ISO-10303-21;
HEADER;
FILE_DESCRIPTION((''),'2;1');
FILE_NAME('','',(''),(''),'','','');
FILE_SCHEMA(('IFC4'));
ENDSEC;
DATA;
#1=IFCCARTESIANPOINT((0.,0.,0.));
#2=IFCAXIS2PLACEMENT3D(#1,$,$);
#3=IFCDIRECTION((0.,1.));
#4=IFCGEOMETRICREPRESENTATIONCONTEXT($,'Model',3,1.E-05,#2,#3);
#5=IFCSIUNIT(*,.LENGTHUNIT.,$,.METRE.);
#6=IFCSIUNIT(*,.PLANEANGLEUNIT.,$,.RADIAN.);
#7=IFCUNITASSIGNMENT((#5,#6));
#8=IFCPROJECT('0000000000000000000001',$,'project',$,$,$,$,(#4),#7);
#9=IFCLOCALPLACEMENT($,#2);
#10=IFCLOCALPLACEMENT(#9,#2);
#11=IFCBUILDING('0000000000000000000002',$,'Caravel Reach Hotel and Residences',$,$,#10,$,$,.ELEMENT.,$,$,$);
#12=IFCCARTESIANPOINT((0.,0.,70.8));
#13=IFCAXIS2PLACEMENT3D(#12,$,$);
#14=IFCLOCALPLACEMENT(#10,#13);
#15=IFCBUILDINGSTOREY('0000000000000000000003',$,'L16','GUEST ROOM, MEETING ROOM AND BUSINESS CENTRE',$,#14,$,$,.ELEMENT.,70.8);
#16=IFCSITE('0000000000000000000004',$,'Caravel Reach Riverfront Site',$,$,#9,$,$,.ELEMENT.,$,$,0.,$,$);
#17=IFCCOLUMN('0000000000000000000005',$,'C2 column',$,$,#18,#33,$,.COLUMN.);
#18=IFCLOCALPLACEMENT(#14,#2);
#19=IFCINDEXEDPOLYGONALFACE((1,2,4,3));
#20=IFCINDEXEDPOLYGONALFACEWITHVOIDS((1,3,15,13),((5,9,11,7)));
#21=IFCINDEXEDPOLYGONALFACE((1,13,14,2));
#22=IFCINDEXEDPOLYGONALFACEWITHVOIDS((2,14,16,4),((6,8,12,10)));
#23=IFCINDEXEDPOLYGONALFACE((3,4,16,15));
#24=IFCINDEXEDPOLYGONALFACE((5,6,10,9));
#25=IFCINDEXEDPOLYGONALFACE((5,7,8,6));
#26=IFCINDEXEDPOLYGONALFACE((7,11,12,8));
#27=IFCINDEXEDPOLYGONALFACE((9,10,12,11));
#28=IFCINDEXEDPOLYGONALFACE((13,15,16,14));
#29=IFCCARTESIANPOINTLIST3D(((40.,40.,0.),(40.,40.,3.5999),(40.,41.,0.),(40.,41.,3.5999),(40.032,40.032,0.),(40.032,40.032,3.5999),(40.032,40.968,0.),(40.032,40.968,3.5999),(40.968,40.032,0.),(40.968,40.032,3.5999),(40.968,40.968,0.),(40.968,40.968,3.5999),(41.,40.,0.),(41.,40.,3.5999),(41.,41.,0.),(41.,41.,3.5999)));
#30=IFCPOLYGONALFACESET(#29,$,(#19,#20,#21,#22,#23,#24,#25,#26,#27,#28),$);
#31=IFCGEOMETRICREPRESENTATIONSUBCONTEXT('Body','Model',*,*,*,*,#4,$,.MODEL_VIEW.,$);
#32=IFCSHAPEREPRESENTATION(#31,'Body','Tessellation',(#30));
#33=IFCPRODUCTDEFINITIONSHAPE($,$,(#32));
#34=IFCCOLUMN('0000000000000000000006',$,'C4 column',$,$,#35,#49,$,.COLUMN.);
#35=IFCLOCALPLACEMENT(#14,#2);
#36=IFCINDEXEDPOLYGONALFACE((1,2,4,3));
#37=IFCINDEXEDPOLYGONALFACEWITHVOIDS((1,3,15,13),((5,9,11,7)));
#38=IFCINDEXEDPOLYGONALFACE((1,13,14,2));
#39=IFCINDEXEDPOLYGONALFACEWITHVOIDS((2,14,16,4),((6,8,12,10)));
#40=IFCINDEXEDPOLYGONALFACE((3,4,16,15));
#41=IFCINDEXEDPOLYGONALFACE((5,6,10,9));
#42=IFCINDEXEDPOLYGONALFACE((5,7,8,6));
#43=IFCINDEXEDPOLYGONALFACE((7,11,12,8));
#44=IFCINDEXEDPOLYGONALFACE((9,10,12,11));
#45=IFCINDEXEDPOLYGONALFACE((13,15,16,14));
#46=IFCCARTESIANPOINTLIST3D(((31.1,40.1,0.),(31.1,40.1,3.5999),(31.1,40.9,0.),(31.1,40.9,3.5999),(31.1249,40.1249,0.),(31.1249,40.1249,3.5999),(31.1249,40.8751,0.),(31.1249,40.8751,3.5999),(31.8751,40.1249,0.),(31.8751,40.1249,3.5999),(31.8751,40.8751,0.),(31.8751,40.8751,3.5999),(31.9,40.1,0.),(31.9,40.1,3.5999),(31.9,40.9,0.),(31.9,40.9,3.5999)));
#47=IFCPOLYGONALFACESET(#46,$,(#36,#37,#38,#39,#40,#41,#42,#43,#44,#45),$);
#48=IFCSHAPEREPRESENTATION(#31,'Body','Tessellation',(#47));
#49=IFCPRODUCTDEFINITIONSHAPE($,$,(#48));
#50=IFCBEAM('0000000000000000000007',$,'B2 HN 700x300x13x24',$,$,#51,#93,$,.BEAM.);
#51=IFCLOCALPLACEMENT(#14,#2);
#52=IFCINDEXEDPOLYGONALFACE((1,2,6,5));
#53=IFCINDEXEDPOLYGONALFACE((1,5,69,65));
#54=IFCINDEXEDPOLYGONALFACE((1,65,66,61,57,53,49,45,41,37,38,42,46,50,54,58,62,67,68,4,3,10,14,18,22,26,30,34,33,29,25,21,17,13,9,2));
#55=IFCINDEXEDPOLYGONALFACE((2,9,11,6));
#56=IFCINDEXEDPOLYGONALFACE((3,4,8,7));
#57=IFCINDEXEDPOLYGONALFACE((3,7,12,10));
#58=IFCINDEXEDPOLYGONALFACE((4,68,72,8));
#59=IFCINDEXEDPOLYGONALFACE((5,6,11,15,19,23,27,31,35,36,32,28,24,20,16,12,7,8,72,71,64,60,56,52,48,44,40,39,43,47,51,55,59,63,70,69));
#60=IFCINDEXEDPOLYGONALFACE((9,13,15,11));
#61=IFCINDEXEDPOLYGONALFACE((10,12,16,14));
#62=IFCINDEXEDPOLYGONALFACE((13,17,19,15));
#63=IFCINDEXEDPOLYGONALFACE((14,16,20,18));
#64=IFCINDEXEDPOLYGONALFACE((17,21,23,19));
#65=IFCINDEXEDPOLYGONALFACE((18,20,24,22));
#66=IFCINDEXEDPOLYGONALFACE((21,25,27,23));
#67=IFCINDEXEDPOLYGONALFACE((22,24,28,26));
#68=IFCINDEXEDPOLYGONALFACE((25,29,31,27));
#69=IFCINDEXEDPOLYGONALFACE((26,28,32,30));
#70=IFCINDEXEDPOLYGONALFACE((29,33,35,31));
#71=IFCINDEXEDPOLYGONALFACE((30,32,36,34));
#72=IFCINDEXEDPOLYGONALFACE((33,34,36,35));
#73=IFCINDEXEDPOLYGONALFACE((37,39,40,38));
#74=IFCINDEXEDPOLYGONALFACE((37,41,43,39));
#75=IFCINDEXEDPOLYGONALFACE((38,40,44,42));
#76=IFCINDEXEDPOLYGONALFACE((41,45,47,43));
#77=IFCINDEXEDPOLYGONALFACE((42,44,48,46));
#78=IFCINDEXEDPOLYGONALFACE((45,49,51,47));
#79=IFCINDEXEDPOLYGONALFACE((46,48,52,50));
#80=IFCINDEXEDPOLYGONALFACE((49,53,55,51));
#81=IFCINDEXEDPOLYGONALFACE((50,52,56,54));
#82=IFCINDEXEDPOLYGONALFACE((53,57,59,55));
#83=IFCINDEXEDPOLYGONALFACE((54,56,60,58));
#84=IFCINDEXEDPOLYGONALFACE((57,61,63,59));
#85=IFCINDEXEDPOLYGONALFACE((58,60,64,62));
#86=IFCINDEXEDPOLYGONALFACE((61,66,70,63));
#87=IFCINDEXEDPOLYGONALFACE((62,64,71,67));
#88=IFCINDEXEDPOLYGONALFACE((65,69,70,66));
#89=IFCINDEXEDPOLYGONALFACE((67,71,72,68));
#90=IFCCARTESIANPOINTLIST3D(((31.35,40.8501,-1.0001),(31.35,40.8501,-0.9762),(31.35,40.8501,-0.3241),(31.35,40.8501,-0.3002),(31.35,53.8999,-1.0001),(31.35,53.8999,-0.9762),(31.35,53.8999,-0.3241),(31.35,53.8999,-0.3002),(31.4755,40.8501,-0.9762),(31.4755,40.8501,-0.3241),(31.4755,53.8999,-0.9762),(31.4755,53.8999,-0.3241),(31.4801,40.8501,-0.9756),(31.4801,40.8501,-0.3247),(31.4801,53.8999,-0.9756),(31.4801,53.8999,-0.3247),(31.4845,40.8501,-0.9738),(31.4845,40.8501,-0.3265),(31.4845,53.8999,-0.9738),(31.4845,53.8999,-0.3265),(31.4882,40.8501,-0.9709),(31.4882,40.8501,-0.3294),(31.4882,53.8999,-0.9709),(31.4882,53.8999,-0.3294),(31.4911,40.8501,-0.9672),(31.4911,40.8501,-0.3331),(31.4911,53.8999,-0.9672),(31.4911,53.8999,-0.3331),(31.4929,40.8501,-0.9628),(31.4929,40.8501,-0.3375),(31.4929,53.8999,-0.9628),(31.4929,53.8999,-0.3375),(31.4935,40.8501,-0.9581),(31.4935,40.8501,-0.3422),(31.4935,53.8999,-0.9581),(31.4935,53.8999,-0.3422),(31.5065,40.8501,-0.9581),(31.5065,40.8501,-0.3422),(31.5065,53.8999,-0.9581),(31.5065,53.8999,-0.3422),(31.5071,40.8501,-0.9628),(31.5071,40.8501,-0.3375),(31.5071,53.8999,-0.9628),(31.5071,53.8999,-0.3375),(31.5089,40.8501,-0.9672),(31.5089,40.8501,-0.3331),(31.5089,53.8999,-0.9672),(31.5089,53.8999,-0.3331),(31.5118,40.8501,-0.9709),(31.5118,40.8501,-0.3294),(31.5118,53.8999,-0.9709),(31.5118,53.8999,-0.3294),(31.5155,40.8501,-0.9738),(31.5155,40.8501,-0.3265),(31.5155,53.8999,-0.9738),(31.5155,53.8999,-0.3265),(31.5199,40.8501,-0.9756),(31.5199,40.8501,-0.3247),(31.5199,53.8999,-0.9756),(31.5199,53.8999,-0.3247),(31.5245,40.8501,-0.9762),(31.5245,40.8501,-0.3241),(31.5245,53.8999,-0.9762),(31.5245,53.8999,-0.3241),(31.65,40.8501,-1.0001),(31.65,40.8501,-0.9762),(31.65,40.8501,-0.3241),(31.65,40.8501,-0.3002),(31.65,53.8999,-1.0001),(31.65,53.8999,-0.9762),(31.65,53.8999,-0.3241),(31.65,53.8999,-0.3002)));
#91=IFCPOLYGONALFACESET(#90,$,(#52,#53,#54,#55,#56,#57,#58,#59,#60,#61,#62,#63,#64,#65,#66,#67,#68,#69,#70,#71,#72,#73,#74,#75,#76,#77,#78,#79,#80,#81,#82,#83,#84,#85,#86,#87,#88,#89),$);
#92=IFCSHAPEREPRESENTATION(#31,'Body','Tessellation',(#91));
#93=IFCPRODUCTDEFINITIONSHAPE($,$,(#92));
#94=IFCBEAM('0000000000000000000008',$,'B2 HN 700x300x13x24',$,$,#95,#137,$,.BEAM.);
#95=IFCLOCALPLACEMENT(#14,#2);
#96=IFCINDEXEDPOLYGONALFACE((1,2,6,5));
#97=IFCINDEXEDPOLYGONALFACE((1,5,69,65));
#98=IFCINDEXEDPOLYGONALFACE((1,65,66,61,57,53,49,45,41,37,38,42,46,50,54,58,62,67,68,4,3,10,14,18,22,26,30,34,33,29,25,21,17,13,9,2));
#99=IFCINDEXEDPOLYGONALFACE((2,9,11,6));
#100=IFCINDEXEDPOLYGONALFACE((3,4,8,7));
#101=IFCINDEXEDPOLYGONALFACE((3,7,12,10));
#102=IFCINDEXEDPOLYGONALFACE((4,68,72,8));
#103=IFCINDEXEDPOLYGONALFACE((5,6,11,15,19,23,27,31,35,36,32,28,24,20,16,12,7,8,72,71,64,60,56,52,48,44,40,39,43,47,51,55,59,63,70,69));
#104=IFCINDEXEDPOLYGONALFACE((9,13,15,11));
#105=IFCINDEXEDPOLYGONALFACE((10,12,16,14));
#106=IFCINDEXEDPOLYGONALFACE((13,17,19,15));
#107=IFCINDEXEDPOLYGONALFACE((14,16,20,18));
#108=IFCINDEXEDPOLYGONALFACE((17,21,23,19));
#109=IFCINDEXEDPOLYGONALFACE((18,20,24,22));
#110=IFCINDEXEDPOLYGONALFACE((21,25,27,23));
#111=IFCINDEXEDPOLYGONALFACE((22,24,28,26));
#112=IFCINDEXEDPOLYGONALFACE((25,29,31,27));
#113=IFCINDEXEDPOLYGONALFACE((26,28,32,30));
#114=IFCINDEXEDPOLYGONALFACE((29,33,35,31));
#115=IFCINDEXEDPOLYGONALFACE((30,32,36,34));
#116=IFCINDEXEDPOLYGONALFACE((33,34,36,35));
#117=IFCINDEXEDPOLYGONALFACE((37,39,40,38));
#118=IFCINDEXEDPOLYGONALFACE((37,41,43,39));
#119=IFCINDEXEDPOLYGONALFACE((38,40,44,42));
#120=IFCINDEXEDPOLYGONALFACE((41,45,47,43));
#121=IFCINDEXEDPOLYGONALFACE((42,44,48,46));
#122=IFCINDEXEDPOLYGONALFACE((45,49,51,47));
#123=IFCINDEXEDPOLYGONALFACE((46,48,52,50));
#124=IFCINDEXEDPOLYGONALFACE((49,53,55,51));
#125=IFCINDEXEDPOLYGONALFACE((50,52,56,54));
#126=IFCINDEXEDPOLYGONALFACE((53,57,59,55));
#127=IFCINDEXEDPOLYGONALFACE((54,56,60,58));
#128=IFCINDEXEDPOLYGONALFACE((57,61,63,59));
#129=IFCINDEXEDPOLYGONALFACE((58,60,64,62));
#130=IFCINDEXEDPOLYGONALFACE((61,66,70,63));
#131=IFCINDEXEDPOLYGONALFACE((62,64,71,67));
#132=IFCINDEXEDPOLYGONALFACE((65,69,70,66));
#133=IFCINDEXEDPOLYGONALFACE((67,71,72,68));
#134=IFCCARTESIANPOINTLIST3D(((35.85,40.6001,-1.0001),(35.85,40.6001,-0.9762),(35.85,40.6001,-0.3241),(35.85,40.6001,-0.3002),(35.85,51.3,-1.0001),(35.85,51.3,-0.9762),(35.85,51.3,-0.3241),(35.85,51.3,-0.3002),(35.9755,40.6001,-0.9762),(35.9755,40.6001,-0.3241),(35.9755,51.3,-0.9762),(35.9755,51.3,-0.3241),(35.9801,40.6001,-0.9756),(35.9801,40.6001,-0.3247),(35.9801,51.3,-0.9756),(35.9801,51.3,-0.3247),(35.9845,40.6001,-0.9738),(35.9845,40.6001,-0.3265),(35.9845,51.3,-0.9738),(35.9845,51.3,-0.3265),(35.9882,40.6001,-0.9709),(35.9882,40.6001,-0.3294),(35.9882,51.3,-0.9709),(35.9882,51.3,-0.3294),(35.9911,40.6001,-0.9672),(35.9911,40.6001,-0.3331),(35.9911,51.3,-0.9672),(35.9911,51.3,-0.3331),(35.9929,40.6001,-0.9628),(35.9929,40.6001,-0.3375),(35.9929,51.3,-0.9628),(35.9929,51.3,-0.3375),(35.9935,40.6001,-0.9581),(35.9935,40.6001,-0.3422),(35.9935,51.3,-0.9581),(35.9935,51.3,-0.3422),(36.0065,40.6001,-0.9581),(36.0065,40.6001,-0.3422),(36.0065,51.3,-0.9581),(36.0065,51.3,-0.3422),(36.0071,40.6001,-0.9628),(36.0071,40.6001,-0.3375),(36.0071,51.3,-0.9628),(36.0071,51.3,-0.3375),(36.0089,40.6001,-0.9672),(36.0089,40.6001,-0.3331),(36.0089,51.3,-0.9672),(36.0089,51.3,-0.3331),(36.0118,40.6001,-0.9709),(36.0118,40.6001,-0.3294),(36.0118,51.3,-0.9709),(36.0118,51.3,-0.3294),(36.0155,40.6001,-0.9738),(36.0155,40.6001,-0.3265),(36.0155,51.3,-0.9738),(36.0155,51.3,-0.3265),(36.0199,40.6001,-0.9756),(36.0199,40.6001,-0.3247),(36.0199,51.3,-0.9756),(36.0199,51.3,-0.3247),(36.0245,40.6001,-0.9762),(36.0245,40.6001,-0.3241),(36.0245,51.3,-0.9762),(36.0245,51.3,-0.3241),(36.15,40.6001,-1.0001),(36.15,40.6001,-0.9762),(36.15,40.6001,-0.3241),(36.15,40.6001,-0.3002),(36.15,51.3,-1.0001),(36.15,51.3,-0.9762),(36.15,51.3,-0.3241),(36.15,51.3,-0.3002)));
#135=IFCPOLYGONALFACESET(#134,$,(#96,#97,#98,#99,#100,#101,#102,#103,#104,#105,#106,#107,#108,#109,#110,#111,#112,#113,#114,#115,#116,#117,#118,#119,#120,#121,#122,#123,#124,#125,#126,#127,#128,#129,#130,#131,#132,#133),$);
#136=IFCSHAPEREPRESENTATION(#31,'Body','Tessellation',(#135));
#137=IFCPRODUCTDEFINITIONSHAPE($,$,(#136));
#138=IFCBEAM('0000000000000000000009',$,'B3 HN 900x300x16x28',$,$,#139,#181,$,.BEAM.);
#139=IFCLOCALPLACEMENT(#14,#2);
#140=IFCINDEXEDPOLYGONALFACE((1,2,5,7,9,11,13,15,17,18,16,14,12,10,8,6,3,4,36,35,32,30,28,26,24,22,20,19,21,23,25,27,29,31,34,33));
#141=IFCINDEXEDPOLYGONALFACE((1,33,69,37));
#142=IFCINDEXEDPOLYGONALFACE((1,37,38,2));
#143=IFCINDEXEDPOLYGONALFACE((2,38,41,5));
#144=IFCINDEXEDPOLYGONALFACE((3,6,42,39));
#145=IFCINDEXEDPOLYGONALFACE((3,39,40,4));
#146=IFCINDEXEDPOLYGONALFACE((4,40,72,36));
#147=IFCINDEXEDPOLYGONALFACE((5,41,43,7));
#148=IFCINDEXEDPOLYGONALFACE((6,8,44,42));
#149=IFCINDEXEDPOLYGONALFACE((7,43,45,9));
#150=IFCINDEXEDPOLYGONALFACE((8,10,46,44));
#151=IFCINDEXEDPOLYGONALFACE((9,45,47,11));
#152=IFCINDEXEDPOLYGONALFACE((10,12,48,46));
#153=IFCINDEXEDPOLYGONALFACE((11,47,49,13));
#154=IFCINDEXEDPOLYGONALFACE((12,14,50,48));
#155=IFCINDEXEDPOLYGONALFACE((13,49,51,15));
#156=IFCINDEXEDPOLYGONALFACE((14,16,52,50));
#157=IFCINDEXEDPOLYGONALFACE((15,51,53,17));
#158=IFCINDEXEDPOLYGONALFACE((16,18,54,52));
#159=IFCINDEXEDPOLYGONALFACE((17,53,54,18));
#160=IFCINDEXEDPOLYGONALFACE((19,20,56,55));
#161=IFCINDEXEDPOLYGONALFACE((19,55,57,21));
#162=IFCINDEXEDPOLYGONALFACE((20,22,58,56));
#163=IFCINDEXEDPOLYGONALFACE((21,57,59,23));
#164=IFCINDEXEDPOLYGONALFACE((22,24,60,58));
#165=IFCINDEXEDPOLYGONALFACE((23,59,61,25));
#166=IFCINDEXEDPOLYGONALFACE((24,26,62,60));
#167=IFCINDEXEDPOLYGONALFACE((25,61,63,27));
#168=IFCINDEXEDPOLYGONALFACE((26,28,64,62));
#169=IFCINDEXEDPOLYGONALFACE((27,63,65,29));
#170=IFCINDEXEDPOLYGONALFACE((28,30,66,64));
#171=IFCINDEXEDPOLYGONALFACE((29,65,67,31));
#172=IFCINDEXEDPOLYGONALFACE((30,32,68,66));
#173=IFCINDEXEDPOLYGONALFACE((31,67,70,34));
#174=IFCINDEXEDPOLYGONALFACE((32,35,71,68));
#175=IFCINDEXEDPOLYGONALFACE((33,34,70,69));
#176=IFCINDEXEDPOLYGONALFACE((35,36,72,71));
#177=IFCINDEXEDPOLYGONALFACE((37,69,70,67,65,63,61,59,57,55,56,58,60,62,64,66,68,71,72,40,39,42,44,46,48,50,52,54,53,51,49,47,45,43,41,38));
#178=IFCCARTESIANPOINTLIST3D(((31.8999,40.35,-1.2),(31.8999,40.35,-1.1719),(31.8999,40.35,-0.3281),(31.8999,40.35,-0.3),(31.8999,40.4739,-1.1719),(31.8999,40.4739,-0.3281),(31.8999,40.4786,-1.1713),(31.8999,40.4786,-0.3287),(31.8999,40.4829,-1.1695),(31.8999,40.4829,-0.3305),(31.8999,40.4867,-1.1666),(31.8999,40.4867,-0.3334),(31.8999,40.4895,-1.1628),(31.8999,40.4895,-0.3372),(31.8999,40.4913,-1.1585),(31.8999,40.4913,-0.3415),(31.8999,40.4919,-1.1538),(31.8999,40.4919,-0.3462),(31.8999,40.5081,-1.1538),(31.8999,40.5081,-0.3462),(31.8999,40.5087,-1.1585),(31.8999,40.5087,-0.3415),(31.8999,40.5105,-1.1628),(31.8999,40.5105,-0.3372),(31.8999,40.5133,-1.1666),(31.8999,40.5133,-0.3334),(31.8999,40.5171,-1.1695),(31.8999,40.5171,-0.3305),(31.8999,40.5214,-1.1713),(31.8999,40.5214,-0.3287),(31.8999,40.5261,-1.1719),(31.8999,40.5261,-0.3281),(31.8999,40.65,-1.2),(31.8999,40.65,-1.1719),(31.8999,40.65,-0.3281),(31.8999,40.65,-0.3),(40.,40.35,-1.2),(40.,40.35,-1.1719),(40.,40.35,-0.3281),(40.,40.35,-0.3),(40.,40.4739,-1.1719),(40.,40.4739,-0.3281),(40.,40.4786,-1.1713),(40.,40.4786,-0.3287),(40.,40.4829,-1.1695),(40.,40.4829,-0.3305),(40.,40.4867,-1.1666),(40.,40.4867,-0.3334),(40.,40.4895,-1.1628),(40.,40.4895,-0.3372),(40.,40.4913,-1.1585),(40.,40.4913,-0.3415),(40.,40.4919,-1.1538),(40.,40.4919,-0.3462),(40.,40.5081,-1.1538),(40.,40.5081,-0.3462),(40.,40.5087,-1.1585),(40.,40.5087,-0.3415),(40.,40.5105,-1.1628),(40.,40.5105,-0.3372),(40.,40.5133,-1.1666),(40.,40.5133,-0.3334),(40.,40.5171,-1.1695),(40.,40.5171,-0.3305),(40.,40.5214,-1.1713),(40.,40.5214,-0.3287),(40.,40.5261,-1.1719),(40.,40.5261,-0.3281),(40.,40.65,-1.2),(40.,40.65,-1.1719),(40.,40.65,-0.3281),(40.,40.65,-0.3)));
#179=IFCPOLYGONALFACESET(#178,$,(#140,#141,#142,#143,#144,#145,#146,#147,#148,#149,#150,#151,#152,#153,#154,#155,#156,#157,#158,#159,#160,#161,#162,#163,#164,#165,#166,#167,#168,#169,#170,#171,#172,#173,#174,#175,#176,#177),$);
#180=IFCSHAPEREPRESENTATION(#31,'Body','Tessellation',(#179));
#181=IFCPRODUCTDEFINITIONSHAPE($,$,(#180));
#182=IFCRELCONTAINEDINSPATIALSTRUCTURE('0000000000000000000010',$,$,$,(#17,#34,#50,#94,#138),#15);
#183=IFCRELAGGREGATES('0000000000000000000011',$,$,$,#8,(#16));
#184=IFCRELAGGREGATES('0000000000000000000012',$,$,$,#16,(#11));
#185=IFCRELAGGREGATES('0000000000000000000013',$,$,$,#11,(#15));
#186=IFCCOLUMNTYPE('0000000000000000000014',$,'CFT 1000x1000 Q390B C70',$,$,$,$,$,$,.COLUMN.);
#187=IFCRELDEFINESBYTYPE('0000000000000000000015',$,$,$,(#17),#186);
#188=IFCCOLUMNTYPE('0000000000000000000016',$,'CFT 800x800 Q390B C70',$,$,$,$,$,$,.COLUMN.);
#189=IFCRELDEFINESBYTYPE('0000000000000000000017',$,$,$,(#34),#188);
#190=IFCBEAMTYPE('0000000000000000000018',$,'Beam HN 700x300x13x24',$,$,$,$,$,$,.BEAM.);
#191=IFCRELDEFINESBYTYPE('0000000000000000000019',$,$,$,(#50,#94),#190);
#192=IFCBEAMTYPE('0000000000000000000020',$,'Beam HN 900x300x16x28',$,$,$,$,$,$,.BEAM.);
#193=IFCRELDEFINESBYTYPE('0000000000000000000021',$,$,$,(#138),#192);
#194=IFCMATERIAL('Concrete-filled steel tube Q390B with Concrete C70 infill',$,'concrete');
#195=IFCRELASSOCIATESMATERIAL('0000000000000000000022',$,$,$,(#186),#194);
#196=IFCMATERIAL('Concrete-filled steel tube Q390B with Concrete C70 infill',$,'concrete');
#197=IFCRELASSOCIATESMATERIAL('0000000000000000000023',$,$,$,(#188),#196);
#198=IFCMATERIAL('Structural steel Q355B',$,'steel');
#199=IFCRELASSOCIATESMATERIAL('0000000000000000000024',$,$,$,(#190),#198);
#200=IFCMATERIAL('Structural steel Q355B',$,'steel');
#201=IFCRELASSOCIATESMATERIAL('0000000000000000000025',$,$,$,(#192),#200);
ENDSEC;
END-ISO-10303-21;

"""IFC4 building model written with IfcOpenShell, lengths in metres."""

from ifc_helpers import new_model, si_unit, direction, frame, origin, origin_2d, place, context, subcontext, project, spatial, hollow_rectangle, i_section, extrude, material, material_profile, profile_set, type_object, element, save


model = new_model("IFC4")

# Units and contexts
model_context = context("Model", 3, precision=1e-05, world=origin(), true_north=direction((0.0, 1.0)))
body_context = subcontext(model_context, "Body", "Model", "MODEL_VIEW")
ifc_project = project(units=[si_unit("LENGTHUNIT", "METRE"), si_unit("PLANEANGLEUNIT", "RADIAN")], contexts=[model_context])

# Site, building, storey
site_placement = place(None, origin())
site = spatial("IfcSite", under=ifc_project, at=site_placement, Name="Caravel Reach Riverfront Site", CompositionType="ELEMENT", RefElevation=0.0)
building_placement = place(site_placement, origin())
building = spatial("IfcBuilding", under=site, at=building_placement, Name="Caravel Reach Hotel and Residences", CompositionType="ELEMENT")
storey_placement = place(building_placement, frame((0.0, 0.0, 70.8)))
storey = spatial("IfcBuildingStorey", under=building, at=storey_placement, Name="L16", Description="GUEST ROOM, MEETING ROOM AND BUSINESS CENTRE", CompositionType="ELEMENT", Elevation=70.8)

# Columns
ifc_material_1 = material(Name="Concrete-filled steel tube Q390B with Concrete C70 infill", Category="concrete")
ifc_material_profile_1 = material_profile(ifc_material_1, hollow_rectangle(XDim=1.0, YDim=1.0, WallThickness=0.032, at=origin_2d()), Name="RHS 1000x1000x32")
ifc_profile_set_1 = profile_set([ifc_material_profile_1], Name="Concrete-filled steel tube Q390B with Concrete C70 infill")
column_type_1 = type_object("IfcColumnType", Name="CFT 1000x1000 Q390B C70", PredefinedType="COLUMN", material=ifc_profile_set_1)
column_1_placement = place(storey_placement, frame((40.5, 40.5, 0.0), z_axis=(0.0, 0.0, 1.0), x_axis=(1.0, 0.0, 0.0)))
element("IfcColumn", 1, at=column_1_placement, inside=storey, type_object=column_type_1, Name="C2 column", PredefinedType="COLUMN", context=body_context, shape_type="SweptSolid", body=[
    extrude(hollow_rectangle(XDim=1.0, YDim=1.0, WallThickness=0.032, at=origin_2d()), origin(), (0.0, 0.0, 1.0), 3.5999),
])
ifc_material_2 = material(Name="Concrete-filled steel tube Q390B with Concrete C70 infill", Category="concrete")
ifc_material_profile_2 = material_profile(ifc_material_2, hollow_rectangle(XDim=0.8, YDim=0.8, WallThickness=0.0249, at=origin_2d()), Name="RHS 800x800x25")
ifc_profile_set_2 = profile_set([ifc_material_profile_2], Name="Concrete-filled steel tube Q390B with Concrete C70 infill")
column_type_2 = type_object("IfcColumnType", Name="CFT 800x800 Q390B C70", PredefinedType="COLUMN", material=ifc_profile_set_2)
column_2_placement = place(storey_placement, frame((31.5, 40.5, 0.0), z_axis=(0.0, 0.0, 1.0), x_axis=(1.0, 0.0, 0.0)))
element("IfcColumn", 2, at=column_2_placement, inside=storey, type_object=column_type_2, Name="C4 column", PredefinedType="COLUMN", context=body_context, shape_type="SweptSolid", body=[
    extrude(hollow_rectangle(XDim=0.8, YDim=0.8, WallThickness=0.0249, at=origin_2d()), origin(), (0.0, 0.0, 1.0), 3.5999),
])

# Beams
ifc_material_3 = material(Name="Structural steel Q355B", Category="steel")
ifc_material_profile_3 = material_profile(ifc_material_3, i_section(OverallWidth=0.3, OverallDepth=0.7, WebThickness=0.0129, FlangeThickness=0.0239, FilletRadius=0.0181, at=origin_2d()), Name="HN 700x300x13x24")
ifc_profile_set_3 = profile_set([ifc_material_profile_3], Name="Structural steel Q355B")
beam_type_1 = type_object("IfcBeamType", Name="Beam HN 700x300x13x24", PredefinedType="BEAM", material=ifc_profile_set_3)
beam_1_placement = place(storey_placement, frame((31.5, 40.8501, -0.6501), z_axis=(0.0, 1.0, 0.0), x_axis=(-1.0, 0.0, 0.0)))
element("IfcBeam", 3, at=beam_1_placement, inside=storey, type_object=beam_type_1, Name="B2 HN 700x300x13x24", PredefinedType="BEAM", context=body_context, shape_type="SweptSolid", body=[
    extrude(i_section(OverallWidth=0.3, OverallDepth=0.7, WebThickness=0.0129, FlangeThickness=0.0239, FilletRadius=0.0181, at=origin_2d()), origin(), (0.0, 0.0, 1.0), 13.0498),
])
beam_2_placement = place(storey_placement, frame((36.0, 40.6001, -0.6501), z_axis=(0.0, 1.0, 0.0), x_axis=(-1.0, 0.0, 0.0)))
element("IfcBeam", 4, at=beam_2_placement, inside=storey, type_object=beam_type_1, Name="B2 HN 700x300x13x24", PredefinedType="BEAM", context=body_context, shape_type="SweptSolid", body=[
    extrude(i_section(OverallWidth=0.3, OverallDepth=0.7, WebThickness=0.0129, FlangeThickness=0.0239, FilletRadius=0.0181, at=origin_2d()), origin(), (0.0, 0.0, 1.0), 10.7),
])
ifc_material_4 = material(Name="Structural steel Q355B", Category="steel")
ifc_material_profile_4 = material_profile(ifc_material_4, i_section(OverallWidth=0.3, OverallDepth=0.8999, WebThickness=0.0161, FlangeThickness=0.0281, FilletRadius=0.0181, at=origin_2d()), Name="HN 900x300x16x28")
ifc_profile_set_4 = profile_set([ifc_material_profile_4], Name="Structural steel Q355B")
beam_type_2 = type_object("IfcBeamType", Name="Beam HN 900x300x16x28", PredefinedType="BEAM", material=ifc_profile_set_4)
beam_3_placement = place(storey_placement, frame((31.8999, 40.5, -0.75), z_axis=(1.0, 0.0, 0.0), x_axis=(0.0, 1.0, 0.0)))
element("IfcBeam", 5, at=beam_3_placement, inside=storey, type_object=beam_type_2, Name="B3 HN 900x300x16x28", PredefinedType="BEAM", context=body_context, shape_type="SweptSolid", body=[
    extrude(i_section(OverallWidth=0.3, OverallDepth=0.8999, WebThickness=0.0161, FlangeThickness=0.0281, FilletRadius=0.0181, at=origin_2d()), origin(), (0.0, 0.0, 1.0), 8.1001),
])

save(model, "model.ifc")
